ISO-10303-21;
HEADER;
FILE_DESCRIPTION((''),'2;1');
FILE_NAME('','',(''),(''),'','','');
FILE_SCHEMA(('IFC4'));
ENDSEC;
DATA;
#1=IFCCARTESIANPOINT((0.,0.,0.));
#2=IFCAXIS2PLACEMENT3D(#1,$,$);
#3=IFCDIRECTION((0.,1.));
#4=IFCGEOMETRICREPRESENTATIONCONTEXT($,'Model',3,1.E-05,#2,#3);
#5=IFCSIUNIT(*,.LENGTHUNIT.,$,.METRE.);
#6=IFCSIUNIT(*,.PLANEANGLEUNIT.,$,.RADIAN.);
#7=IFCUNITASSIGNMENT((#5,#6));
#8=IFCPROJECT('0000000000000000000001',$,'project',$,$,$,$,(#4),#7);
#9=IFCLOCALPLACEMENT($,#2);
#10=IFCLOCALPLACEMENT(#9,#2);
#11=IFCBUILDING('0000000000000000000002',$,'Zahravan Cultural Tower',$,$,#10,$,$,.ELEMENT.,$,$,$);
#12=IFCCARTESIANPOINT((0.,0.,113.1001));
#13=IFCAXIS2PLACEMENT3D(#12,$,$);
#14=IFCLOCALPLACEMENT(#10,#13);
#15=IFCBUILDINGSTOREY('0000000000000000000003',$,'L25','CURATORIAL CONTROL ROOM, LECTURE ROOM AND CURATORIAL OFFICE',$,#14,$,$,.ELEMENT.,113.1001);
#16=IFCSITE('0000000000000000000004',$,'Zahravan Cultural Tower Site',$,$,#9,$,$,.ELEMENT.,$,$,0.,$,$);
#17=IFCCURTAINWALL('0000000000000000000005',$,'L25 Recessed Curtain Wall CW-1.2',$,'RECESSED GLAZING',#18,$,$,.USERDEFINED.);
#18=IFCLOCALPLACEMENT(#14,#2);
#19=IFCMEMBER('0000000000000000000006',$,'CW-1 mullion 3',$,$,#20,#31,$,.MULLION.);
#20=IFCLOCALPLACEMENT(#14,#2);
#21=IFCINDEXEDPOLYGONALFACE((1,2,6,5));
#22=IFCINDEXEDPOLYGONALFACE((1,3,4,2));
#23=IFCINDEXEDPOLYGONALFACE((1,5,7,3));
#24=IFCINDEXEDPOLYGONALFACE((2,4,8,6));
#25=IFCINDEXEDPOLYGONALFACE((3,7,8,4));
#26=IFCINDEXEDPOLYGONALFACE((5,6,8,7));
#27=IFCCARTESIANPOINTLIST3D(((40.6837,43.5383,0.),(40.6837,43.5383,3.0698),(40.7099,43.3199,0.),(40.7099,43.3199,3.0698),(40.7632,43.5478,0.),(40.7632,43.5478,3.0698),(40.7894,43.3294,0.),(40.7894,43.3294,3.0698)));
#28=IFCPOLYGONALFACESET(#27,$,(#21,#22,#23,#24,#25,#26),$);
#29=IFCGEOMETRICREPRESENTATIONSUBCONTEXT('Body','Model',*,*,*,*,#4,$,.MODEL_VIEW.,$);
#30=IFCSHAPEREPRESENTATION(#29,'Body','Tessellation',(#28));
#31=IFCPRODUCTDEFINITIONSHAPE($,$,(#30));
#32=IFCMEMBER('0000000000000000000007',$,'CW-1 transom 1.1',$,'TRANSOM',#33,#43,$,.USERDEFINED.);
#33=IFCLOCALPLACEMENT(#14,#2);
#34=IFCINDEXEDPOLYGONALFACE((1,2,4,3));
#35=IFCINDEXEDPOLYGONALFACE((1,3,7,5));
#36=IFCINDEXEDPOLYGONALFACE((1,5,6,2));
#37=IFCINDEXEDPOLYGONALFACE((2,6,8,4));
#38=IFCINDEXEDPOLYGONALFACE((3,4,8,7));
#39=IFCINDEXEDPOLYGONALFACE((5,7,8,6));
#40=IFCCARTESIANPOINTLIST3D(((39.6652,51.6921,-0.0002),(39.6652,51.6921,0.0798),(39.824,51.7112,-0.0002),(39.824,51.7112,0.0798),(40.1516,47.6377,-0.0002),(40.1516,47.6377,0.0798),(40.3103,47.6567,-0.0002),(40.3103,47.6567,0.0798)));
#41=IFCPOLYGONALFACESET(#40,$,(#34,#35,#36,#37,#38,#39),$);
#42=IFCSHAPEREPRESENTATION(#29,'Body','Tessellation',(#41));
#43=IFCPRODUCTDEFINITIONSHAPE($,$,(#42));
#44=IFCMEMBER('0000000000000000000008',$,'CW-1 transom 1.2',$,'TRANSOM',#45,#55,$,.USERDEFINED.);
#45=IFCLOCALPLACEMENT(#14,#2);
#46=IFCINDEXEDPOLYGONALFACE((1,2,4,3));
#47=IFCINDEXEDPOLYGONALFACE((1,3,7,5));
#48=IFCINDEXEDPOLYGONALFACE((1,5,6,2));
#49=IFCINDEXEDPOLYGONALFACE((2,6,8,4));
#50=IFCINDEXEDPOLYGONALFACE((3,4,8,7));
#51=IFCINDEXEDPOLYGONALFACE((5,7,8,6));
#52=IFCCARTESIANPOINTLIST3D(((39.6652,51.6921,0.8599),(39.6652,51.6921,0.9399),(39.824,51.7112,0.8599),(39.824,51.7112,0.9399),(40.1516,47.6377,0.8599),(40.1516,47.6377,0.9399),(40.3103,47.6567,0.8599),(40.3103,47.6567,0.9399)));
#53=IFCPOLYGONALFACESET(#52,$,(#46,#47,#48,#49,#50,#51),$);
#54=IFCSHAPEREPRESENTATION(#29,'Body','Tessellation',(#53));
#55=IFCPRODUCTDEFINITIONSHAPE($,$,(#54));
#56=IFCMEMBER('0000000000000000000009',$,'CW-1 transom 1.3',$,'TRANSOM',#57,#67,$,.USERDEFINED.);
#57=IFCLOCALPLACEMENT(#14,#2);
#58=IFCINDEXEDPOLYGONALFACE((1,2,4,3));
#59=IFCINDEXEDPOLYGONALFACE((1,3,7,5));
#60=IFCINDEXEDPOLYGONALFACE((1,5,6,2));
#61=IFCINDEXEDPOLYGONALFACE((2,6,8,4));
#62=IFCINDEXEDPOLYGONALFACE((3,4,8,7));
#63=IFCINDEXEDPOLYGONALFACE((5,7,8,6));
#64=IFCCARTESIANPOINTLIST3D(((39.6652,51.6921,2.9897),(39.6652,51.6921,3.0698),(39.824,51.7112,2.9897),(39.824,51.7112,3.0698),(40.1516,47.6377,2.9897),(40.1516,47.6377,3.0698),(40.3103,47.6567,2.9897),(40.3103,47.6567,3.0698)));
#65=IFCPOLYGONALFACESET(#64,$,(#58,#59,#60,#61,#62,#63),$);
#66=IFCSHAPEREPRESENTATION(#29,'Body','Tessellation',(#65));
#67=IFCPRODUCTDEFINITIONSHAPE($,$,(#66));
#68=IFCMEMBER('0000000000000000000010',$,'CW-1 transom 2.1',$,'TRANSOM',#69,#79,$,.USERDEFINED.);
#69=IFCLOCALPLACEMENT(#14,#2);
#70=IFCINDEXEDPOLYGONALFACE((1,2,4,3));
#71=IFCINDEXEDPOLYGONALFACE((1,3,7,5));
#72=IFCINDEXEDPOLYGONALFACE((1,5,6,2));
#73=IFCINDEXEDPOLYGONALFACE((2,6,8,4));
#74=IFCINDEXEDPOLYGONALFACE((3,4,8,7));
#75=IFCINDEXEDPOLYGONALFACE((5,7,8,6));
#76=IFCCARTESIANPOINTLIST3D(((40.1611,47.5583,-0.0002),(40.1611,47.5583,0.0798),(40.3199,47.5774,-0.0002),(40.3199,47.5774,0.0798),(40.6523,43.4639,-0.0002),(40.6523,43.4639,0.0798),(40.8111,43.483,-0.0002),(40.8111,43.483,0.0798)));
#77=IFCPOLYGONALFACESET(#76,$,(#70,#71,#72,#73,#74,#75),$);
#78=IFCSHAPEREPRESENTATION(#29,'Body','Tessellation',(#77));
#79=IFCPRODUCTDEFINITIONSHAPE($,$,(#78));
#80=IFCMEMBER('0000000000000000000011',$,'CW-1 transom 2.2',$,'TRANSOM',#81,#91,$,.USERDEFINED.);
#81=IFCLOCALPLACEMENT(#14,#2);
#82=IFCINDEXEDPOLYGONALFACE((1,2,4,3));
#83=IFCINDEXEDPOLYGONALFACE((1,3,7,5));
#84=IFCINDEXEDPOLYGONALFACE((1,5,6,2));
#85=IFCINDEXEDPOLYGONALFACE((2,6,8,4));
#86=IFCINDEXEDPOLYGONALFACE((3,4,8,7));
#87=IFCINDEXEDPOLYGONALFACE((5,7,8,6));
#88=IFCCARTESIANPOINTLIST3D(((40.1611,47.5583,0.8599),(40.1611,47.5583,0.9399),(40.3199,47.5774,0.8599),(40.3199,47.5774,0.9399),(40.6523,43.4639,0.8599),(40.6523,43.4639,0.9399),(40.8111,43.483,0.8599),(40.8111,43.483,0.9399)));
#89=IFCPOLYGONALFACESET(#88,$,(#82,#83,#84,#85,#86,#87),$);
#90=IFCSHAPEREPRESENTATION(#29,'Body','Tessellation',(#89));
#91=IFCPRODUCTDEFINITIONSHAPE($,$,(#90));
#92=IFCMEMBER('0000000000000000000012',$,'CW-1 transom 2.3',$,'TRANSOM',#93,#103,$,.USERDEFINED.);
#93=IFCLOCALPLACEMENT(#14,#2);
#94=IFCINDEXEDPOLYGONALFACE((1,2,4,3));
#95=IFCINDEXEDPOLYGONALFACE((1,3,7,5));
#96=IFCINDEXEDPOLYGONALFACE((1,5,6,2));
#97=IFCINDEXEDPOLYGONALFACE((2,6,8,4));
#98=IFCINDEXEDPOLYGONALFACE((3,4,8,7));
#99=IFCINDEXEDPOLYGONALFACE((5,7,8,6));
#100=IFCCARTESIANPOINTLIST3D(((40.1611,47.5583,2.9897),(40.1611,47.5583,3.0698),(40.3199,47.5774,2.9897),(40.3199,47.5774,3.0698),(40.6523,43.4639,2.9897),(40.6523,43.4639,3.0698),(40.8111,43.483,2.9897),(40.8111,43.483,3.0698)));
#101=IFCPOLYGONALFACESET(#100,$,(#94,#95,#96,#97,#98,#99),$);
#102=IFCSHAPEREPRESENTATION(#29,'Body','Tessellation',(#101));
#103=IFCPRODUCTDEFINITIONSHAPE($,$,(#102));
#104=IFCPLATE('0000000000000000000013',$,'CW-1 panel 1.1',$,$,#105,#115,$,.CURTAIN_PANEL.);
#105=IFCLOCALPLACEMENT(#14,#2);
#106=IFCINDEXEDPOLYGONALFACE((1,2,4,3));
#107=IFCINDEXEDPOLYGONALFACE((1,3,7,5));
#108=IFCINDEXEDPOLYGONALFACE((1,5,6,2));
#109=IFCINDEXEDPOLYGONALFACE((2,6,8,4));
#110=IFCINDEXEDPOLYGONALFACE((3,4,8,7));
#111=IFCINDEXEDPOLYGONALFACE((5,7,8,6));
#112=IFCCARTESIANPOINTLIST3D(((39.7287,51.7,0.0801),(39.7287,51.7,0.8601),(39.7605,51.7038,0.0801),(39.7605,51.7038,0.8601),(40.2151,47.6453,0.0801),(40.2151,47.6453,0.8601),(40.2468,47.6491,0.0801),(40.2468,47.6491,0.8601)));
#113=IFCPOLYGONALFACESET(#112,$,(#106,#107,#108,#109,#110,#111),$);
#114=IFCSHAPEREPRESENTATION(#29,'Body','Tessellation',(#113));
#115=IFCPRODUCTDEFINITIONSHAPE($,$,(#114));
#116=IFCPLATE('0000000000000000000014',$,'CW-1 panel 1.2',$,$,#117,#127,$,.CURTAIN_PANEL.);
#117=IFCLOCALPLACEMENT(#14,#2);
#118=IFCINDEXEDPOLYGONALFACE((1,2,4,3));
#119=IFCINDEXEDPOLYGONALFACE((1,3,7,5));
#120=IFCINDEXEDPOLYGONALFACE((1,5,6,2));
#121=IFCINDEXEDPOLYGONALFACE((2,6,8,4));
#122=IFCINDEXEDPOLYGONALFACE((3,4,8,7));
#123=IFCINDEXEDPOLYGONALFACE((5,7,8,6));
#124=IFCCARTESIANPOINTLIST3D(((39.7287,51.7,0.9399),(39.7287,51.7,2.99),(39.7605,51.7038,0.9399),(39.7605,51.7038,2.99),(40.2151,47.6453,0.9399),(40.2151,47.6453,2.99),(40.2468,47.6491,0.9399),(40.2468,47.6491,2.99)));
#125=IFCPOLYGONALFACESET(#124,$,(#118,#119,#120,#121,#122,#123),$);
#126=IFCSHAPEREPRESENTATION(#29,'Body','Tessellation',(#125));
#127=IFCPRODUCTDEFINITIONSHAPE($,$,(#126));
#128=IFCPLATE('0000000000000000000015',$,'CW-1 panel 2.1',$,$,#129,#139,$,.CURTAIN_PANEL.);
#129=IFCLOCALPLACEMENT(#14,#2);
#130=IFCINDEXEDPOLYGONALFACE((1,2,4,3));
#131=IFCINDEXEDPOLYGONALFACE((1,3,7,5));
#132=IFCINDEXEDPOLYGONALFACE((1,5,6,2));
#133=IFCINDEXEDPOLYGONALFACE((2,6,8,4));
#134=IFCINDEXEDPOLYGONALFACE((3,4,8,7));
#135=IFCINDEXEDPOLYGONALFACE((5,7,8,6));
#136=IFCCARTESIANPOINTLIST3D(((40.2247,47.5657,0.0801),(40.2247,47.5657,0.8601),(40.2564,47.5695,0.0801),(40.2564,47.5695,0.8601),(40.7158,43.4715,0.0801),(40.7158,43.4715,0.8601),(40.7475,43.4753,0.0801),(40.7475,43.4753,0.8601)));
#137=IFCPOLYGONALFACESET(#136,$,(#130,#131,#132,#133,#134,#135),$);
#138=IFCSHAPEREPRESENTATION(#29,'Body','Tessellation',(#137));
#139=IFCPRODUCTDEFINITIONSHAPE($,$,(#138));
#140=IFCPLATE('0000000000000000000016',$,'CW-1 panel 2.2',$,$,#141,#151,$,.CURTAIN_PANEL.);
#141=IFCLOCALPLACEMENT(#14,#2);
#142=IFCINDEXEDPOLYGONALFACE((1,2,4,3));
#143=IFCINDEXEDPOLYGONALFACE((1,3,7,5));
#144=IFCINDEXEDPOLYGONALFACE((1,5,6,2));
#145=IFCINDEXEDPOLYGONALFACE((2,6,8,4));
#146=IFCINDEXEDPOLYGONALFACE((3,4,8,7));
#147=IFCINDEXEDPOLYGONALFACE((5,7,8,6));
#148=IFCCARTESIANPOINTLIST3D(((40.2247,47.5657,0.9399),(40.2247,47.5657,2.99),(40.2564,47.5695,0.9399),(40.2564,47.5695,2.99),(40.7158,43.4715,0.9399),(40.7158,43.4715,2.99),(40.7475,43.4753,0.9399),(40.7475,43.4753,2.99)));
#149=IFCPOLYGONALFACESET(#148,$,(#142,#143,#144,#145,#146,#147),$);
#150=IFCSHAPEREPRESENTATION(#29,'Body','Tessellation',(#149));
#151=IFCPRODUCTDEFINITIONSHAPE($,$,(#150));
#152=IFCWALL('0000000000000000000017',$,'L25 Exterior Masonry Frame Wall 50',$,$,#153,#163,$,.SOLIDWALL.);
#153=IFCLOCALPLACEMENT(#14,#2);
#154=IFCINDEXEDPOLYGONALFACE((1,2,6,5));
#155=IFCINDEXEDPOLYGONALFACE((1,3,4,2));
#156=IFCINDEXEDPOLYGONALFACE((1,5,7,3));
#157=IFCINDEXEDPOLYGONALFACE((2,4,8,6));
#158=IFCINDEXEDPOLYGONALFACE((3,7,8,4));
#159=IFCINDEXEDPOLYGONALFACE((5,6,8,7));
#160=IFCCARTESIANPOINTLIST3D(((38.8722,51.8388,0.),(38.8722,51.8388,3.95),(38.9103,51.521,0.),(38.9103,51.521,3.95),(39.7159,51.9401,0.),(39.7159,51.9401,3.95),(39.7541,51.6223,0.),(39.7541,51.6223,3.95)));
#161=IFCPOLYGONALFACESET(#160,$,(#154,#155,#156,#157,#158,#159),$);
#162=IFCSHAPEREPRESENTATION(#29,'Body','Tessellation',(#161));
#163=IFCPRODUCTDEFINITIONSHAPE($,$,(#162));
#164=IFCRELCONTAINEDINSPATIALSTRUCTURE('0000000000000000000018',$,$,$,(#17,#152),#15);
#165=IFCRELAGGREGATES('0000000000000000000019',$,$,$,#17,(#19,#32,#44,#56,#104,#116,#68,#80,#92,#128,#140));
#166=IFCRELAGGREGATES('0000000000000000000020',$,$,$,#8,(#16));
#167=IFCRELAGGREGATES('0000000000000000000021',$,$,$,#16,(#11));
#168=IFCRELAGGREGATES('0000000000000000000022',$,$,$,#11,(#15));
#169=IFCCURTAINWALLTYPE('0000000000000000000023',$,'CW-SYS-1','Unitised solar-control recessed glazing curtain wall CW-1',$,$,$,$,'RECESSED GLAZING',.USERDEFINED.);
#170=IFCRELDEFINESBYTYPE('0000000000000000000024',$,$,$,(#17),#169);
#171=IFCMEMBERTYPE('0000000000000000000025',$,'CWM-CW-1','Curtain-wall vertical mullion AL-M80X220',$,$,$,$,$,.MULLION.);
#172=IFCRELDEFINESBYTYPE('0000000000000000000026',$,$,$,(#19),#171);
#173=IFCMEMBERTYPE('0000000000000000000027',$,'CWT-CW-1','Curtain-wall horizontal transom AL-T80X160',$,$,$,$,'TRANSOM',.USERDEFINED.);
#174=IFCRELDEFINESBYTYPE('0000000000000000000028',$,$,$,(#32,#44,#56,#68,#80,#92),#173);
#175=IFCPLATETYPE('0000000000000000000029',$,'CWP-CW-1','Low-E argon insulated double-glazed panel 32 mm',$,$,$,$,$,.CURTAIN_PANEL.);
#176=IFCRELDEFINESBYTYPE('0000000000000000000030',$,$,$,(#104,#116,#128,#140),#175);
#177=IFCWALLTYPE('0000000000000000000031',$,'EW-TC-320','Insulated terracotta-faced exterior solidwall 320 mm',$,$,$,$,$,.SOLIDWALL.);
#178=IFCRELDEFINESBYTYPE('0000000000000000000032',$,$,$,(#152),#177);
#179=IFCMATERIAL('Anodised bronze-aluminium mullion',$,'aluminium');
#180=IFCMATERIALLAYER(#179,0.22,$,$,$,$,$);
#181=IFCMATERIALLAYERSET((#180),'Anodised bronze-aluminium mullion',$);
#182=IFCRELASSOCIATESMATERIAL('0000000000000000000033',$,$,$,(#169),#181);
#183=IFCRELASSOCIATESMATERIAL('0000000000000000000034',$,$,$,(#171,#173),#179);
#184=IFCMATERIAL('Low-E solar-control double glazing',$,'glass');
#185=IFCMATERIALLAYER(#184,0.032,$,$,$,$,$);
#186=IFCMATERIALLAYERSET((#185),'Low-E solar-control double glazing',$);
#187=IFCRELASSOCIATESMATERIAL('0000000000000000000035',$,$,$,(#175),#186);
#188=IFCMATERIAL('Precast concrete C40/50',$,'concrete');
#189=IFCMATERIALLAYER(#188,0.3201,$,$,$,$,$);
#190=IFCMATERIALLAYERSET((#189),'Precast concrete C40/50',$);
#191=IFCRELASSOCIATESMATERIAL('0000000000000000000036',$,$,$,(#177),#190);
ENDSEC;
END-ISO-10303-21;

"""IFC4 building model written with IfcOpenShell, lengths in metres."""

from ifc_helpers import new_model, si_unit, direction, frame, frame_2d, origin, origin_2d, place, context, subcontext, project, spatial, rectangle, extrude, source, transform, mapped, material, layer, layer_set, material_profile, profile_set, type_object, element, aggregate, save


model = new_model("IFC4")

# Units and contexts
model_context = context("Model", 3, precision=1e-05, world=origin(), true_north=direction((0.0, 1.0)))
body_context = subcontext(model_context, "Body", "Model", "MODEL_VIEW")
ifc_project = project(units=[si_unit("LENGTHUNIT", "METRE"), si_unit("PLANEANGLEUNIT", "RADIAN")], contexts=[model_context])

# Site, building, storey
site_placement = place(None, origin())
site = spatial("IfcSite", under=ifc_project, at=site_placement, Name="Zahravan Cultural Tower Site", CompositionType="ELEMENT", RefElevation=0.0)
building_placement = place(site_placement, origin())
building = spatial("IfcBuilding", under=site, at=building_placement, Name="Zahravan Cultural Tower", CompositionType="ELEMENT")
storey_placement = place(building_placement, frame((0.0, 0.0, 113.1001)))
storey = spatial("IfcBuildingStorey", under=building, at=storey_placement, Name="L25", Description="CURATORIAL CONTROL ROOM, LECTURE ROOM AND CURATORIAL OFFICE", CompositionType="ELEMENT", Elevation=113.1001)

# Curtain wall, members, plates
ifc_material_1 = material(Name="Anodised bronze-aluminium mullion", Category="aluminium")
ifc_layer_1 = layer(ifc_material_1, 0.22)
ifc_layer_set_1 = layer_set([ifc_layer_1], Name="Anodised bronze-aluminium mullion")
curtain_wall_type = type_object("IfcCurtainWallType", Name="CW-SYS-1", Description="Unitised solar-control recessed glazing curtain wall CW-1", ElementType="RECESSED GLAZING", PredefinedType="USERDEFINED", material=ifc_layer_set_1)
curtain_wall_placement = place(storey_placement, origin())
curtain_wall = element("IfcCurtainWall", 1, at=curtain_wall_placement, inside=storey, type_object=curtain_wall_type, Name="L25 Recessed Curtain Wall CW-1.2", ObjectType="RECESSED GLAZING", PredefinedType="USERDEFINED")
ifc_material_profile_1 = material_profile(ifc_material_1, rectangle(XDim=0.0801, YDim=0.22, at=origin_2d()), Name="AL-M80X220")
ifc_profile_set_1 = profile_set([ifc_material_profile_1], Name="Anodised bronze-aluminium mullion")
member_type_1 = type_object("IfcMemberType", Name="CWM-CW-1", Description="Curtain-wall vertical mullion AL-M80X220", PredefinedType="MULLION", material=ifc_profile_set_1)
shared_shape_1 = source(origin(), body_context, "Body", "SweptSolid", [
    extrude(rectangle(XDim=0.0801, YDim=0.22, at=origin_2d()), origin(), (0.0, 0.0, 1.0), 3.0698),
])
member_1_placement = place(storey_placement, frame((40.7366, 43.4338, 0.0), z_axis=(0.0, 0.0, 1.0), x_axis=(0.992883, 0.119095, 0.0)))
member_1 = element("IfcMember", 2, at=member_1_placement, type_object=member_type_1, Name="CW-1 mullion 3", PredefinedType="MULLION", context=body_context, shape_type="MappedRepresentation", body=[
    mapped(shared_shape_1, transform((0.0, 0.0, 0.0), x_axis=(1.0, 0.0, 0.0), y_axis=(0.0, 1.0, 0.0), z_axis=(0.0, 0.0, 1.0), scale=1.0)),
])
ifc_material_profile_2 = material_profile(ifc_material_1, rectangle(XDim=0.1599, YDim=0.0801, at=origin_2d()), Name="AL-T80X160")
ifc_profile_set_2 = profile_set([ifc_material_profile_2], Name="Anodised bronze-aluminium mullion")
member_type_2 = type_object("IfcMemberType", Name="CWT-CW-1", Description="Curtain-wall horizontal transom AL-T80X160", ElementType="TRANSOM", PredefinedType="USERDEFINED", material=ifc_profile_set_2)
shared_shape_2 = source(origin(), body_context, "Body", "SweptSolid", [
    extrude(rectangle(XDim=0.1599, YDim=0.0801, at=origin_2d()), origin(), (0.0, 0.0, 1.0), 4.0835),
])
member_2_placement = place(storey_placement, frame((39.7446, 51.7017, 0.0398), z_axis=(0.119096, -0.992883, 0.0), x_axis=(0.992883, 0.119096, 0.0)))
member_2 = element("IfcMember", 3, at=member_2_placement, type_object=member_type_2, Name="CW-1 transom 1.1", ObjectType="TRANSOM", PredefinedType="USERDEFINED", context=body_context, shape_type="MappedRepresentation", body=[
    mapped(shared_shape_2, transform((0.0, 0.0, 0.0), x_axis=(1.0, 0.0, 0.0), y_axis=(0.0, 1.0, 0.0), z_axis=(0.0, 0.0, 1.0), scale=1.0)),
])
member_3_placement = place(storey_placement, frame((39.7446, 51.7017, 0.8999), z_axis=(0.119096, -0.992883, 0.0), x_axis=(0.992883, 0.119096, 0.0)))
member_3 = element("IfcMember", 4, at=member_3_placement, type_object=member_type_2, Name="CW-1 transom 1.2", ObjectType="TRANSOM", PredefinedType="USERDEFINED", context=body_context, shape_type="MappedRepresentation", body=[
    mapped(shared_shape_2, transform((0.0, 0.0, 0.0), x_axis=(1.0, 0.0, 0.0), y_axis=(0.0, 1.0, 0.0), z_axis=(0.0, 0.0, 1.0), scale=1.0)),
])
member_4_placement = place(storey_placement, frame((39.7446, 51.7017, 3.0298), z_axis=(0.119096, -0.992883, 0.0), x_axis=(0.992883, 0.119096, 0.0)))
member_4 = element("IfcMember", 5, at=member_4_placement, type_object=member_type_2, Name="CW-1 transom 1.3", ObjectType="TRANSOM", PredefinedType="USERDEFINED", context=body_context, shape_type="MappedRepresentation", body=[
    mapped(shared_shape_2, transform((0.0, 0.0, 0.0), x_axis=(1.0, 0.0, 0.0), y_axis=(0.0, 1.0, 0.0), z_axis=(0.0, 0.0, 1.0), scale=1.0)),
])
shared_shape_3 = source(origin(), body_context, "Body", "SweptSolid", [
    extrude(rectangle(XDim=0.1599, YDim=0.0801, at=origin_2d()), origin(), (0.0, 0.0, 1.0), 4.1238),
])
member_5_placement = place(storey_placement, frame((40.2405, 47.5679, 0.0398), z_axis=(0.119115, -0.99288, 0.0), x_axis=(0.99288, 0.119115, 0.0)))
member_5 = element("IfcMember", 6, at=member_5_placement, type_object=member_type_2, Name="CW-1 transom 2.1", ObjectType="TRANSOM", PredefinedType="USERDEFINED", context=body_context, shape_type="MappedRepresentation", body=[
    mapped(shared_shape_3, transform((0.0, 0.0, 0.0), x_axis=(1.0, 0.0, 0.0), y_axis=(0.0, 1.0, 0.0), z_axis=(0.0, 0.0, 1.0), scale=1.0)),
])
member_6_placement = place(storey_placement, frame((40.2405, 47.5679, 0.8999), z_axis=(0.119115, -0.99288, 0.0), x_axis=(0.99288, 0.119115, 0.0)))
member_6 = element("IfcMember", 7, at=member_6_placement, type_object=member_type_2, Name="CW-1 transom 2.2", ObjectType="TRANSOM", PredefinedType="USERDEFINED", context=body_context, shape_type="MappedRepresentation", body=[
    mapped(shared_shape_3, transform((0.0, 0.0, 0.0), x_axis=(1.0, 0.0, 0.0), y_axis=(0.0, 1.0, 0.0), z_axis=(0.0, 0.0, 1.0), scale=1.0)),
])
member_7_placement = place(storey_placement, frame((40.2405, 47.5679, 3.0298), z_axis=(0.119115, -0.99288, 0.0), x_axis=(0.99288, 0.119115, 0.0)))
member_7 = element("IfcMember", 8, at=member_7_placement, type_object=member_type_2, Name="CW-1 transom 2.3", ObjectType="TRANSOM", PredefinedType="USERDEFINED", context=body_context, shape_type="MappedRepresentation", body=[
    mapped(shared_shape_3, transform((0.0, 0.0, 0.0), x_axis=(1.0, 0.0, 0.0), y_axis=(0.0, 1.0, 0.0), z_axis=(0.0, 0.0, 1.0), scale=1.0)),
])
ifc_material_2 = material(Name="Low-E solar-control double glazing", Category="glass")
ifc_layer_2 = layer(ifc_material_2, 0.032)
ifc_layer_set_2 = layer_set([ifc_layer_2], Name="Low-E solar-control double glazing")
plate_type = type_object("IfcPlateType", Name="CWP-CW-1", Description="Low-E argon insulated double-glazed panel 32 mm", PredefinedType="CURTAIN_PANEL", material=ifc_layer_set_2)
shared_shape_4 = source(origin(), body_context, "Body", "SweptSolid", [
    extrude(rectangle(XDim=4.0837, YDim=0.032, at=origin_2d()), origin(), (0.0, 0.0, 1.0), 0.78),
])
plate_1_placement = place(storey_placement, frame((39.9878, 49.6746, 0.0801), z_axis=(0.0, 0.0, 1.0), x_axis=(0.119095, -0.992883, 0.0)))
plate_1 = element("IfcPlate", 9, at=plate_1_placement, type_object=plate_type, Name="CW-1 panel 1.1", PredefinedType="CURTAIN_PANEL", context=body_context, shape_type="MappedRepresentation", body=[
    mapped(shared_shape_4, transform((0.0, 0.0, 0.0), x_axis=(1.0, 0.0, 0.0), y_axis=(0.0, 1.0, 0.0), z_axis=(0.0, 0.0, 1.0), scale=1.0)),
])
shared_shape_5 = source(origin(), body_context, "Body", "SweptSolid", [
    extrude(rectangle(XDim=4.0837, YDim=0.032, at=origin_2d()), origin(), (0.0, 0.0, 1.0), 2.05),
])
plate_2_placement = place(storey_placement, frame((39.9878, 49.6746, 0.9399), z_axis=(0.0, 0.0, 1.0), x_axis=(0.119095, -0.992883, 0.0)))
plate_2 = element("IfcPlate", 10, at=plate_2_placement, type_object=plate_type, Name="CW-1 panel 1.2", PredefinedType="CURTAIN_PANEL", context=body_context, shape_type="MappedRepresentation", body=[
    mapped(shared_shape_5, transform((0.0, 0.0, 0.0), x_axis=(1.0, 0.0, 0.0), y_axis=(0.0, 1.0, 0.0), z_axis=(0.0, 0.0, 1.0), scale=1.0)),
])
shared_shape_6 = source(origin(), body_context, "Body", "SweptSolid", [
    extrude(rectangle(XDim=4.1235, YDim=0.032, at=origin_2d()), origin(), (0.0, 0.0, 1.0), 0.78),
])
plate_3_placement = place(storey_placement, frame((40.4861, 45.5205, 0.0801), z_axis=(0.0, 0.0, 1.0), x_axis=(0.119095, -0.992883, 0.0)))
plate_3 = element("IfcPlate", 11, at=plate_3_placement, type_object=plate_type, Name="CW-1 panel 2.1", PredefinedType="CURTAIN_PANEL", context=body_context, shape_type="MappedRepresentation", body=[
    mapped(shared_shape_6, transform((0.0, 0.0, 0.0), x_axis=(1.0, 0.0, 0.0), y_axis=(0.0, 1.0, 0.0), z_axis=(0.0, 0.0, 1.0), scale=1.0)),
])
shared_shape_7 = source(origin(), body_context, "Body", "SweptSolid", [
    extrude(rectangle(XDim=4.1235, YDim=0.032, at=origin_2d()), origin(), (0.0, 0.0, 1.0), 2.05),
])
plate_4_placement = place(storey_placement, frame((40.4861, 45.5205, 0.9399), z_axis=(0.0, 0.0, 1.0), x_axis=(0.119095, -0.992883, 0.0)))
plate_4 = element("IfcPlate", 12, at=plate_4_placement, type_object=plate_type, Name="CW-1 panel 2.2", PredefinedType="CURTAIN_PANEL", context=body_context, shape_type="MappedRepresentation", body=[
    mapped(shared_shape_7, transform((0.0, 0.0, 0.0), x_axis=(1.0, 0.0, 0.0), y_axis=(0.0, 1.0, 0.0), z_axis=(0.0, 0.0, 1.0), scale=1.0)),
])
aggregate(curtain_wall, [member_1, member_2, member_3, member_4, plate_1, plate_2, member_5, member_6, member_7, plate_3, plate_4])

# Wall
ifc_material_3 = material(Name="Precast concrete C40/50", Category="concrete")
ifc_layer_3 = layer(ifc_material_3, 0.3201)
ifc_layer_set_3 = layer_set([ifc_layer_3], Name="Precast concrete C40/50")
wall_type = type_object("IfcWallType", Name="EW-TC-320", Description="Insulated terracotta-faced exterior solidwall 320 mm", PredefinedType="SOLIDWALL", material=ifc_layer_set_3)
shared_shape_8 = source(origin(), body_context, "Body", "SweptSolid", [
    extrude(rectangle(XDim=0.8499, YDim=0.3201, at=frame_2d((0.4248, 0.0))), origin(), (0.0, 0.0, 1.0), 3.95),
])
wall_placement = place(storey_placement, frame((38.8914, 51.6799, 0.0), z_axis=(0.0, 0.0, 1.0), x_axis=(0.992867, 0.119225, 0.0)))
element("IfcWall", 13, at=wall_placement, inside=storey, type_object=wall_type, Name="L25 Exterior Masonry Frame Wall 50", PredefinedType="SOLIDWALL", context=body_context, shape_type="MappedRepresentation", body=[
    mapped(shared_shape_8, transform((0.0, 0.0, 0.0), x_axis=(1.0, 0.0, 0.0), y_axis=(0.0, 1.0, 0.0), z_axis=(0.0, 0.0, 1.0), scale=1.0)),
])

save(model, "model.ifc")
